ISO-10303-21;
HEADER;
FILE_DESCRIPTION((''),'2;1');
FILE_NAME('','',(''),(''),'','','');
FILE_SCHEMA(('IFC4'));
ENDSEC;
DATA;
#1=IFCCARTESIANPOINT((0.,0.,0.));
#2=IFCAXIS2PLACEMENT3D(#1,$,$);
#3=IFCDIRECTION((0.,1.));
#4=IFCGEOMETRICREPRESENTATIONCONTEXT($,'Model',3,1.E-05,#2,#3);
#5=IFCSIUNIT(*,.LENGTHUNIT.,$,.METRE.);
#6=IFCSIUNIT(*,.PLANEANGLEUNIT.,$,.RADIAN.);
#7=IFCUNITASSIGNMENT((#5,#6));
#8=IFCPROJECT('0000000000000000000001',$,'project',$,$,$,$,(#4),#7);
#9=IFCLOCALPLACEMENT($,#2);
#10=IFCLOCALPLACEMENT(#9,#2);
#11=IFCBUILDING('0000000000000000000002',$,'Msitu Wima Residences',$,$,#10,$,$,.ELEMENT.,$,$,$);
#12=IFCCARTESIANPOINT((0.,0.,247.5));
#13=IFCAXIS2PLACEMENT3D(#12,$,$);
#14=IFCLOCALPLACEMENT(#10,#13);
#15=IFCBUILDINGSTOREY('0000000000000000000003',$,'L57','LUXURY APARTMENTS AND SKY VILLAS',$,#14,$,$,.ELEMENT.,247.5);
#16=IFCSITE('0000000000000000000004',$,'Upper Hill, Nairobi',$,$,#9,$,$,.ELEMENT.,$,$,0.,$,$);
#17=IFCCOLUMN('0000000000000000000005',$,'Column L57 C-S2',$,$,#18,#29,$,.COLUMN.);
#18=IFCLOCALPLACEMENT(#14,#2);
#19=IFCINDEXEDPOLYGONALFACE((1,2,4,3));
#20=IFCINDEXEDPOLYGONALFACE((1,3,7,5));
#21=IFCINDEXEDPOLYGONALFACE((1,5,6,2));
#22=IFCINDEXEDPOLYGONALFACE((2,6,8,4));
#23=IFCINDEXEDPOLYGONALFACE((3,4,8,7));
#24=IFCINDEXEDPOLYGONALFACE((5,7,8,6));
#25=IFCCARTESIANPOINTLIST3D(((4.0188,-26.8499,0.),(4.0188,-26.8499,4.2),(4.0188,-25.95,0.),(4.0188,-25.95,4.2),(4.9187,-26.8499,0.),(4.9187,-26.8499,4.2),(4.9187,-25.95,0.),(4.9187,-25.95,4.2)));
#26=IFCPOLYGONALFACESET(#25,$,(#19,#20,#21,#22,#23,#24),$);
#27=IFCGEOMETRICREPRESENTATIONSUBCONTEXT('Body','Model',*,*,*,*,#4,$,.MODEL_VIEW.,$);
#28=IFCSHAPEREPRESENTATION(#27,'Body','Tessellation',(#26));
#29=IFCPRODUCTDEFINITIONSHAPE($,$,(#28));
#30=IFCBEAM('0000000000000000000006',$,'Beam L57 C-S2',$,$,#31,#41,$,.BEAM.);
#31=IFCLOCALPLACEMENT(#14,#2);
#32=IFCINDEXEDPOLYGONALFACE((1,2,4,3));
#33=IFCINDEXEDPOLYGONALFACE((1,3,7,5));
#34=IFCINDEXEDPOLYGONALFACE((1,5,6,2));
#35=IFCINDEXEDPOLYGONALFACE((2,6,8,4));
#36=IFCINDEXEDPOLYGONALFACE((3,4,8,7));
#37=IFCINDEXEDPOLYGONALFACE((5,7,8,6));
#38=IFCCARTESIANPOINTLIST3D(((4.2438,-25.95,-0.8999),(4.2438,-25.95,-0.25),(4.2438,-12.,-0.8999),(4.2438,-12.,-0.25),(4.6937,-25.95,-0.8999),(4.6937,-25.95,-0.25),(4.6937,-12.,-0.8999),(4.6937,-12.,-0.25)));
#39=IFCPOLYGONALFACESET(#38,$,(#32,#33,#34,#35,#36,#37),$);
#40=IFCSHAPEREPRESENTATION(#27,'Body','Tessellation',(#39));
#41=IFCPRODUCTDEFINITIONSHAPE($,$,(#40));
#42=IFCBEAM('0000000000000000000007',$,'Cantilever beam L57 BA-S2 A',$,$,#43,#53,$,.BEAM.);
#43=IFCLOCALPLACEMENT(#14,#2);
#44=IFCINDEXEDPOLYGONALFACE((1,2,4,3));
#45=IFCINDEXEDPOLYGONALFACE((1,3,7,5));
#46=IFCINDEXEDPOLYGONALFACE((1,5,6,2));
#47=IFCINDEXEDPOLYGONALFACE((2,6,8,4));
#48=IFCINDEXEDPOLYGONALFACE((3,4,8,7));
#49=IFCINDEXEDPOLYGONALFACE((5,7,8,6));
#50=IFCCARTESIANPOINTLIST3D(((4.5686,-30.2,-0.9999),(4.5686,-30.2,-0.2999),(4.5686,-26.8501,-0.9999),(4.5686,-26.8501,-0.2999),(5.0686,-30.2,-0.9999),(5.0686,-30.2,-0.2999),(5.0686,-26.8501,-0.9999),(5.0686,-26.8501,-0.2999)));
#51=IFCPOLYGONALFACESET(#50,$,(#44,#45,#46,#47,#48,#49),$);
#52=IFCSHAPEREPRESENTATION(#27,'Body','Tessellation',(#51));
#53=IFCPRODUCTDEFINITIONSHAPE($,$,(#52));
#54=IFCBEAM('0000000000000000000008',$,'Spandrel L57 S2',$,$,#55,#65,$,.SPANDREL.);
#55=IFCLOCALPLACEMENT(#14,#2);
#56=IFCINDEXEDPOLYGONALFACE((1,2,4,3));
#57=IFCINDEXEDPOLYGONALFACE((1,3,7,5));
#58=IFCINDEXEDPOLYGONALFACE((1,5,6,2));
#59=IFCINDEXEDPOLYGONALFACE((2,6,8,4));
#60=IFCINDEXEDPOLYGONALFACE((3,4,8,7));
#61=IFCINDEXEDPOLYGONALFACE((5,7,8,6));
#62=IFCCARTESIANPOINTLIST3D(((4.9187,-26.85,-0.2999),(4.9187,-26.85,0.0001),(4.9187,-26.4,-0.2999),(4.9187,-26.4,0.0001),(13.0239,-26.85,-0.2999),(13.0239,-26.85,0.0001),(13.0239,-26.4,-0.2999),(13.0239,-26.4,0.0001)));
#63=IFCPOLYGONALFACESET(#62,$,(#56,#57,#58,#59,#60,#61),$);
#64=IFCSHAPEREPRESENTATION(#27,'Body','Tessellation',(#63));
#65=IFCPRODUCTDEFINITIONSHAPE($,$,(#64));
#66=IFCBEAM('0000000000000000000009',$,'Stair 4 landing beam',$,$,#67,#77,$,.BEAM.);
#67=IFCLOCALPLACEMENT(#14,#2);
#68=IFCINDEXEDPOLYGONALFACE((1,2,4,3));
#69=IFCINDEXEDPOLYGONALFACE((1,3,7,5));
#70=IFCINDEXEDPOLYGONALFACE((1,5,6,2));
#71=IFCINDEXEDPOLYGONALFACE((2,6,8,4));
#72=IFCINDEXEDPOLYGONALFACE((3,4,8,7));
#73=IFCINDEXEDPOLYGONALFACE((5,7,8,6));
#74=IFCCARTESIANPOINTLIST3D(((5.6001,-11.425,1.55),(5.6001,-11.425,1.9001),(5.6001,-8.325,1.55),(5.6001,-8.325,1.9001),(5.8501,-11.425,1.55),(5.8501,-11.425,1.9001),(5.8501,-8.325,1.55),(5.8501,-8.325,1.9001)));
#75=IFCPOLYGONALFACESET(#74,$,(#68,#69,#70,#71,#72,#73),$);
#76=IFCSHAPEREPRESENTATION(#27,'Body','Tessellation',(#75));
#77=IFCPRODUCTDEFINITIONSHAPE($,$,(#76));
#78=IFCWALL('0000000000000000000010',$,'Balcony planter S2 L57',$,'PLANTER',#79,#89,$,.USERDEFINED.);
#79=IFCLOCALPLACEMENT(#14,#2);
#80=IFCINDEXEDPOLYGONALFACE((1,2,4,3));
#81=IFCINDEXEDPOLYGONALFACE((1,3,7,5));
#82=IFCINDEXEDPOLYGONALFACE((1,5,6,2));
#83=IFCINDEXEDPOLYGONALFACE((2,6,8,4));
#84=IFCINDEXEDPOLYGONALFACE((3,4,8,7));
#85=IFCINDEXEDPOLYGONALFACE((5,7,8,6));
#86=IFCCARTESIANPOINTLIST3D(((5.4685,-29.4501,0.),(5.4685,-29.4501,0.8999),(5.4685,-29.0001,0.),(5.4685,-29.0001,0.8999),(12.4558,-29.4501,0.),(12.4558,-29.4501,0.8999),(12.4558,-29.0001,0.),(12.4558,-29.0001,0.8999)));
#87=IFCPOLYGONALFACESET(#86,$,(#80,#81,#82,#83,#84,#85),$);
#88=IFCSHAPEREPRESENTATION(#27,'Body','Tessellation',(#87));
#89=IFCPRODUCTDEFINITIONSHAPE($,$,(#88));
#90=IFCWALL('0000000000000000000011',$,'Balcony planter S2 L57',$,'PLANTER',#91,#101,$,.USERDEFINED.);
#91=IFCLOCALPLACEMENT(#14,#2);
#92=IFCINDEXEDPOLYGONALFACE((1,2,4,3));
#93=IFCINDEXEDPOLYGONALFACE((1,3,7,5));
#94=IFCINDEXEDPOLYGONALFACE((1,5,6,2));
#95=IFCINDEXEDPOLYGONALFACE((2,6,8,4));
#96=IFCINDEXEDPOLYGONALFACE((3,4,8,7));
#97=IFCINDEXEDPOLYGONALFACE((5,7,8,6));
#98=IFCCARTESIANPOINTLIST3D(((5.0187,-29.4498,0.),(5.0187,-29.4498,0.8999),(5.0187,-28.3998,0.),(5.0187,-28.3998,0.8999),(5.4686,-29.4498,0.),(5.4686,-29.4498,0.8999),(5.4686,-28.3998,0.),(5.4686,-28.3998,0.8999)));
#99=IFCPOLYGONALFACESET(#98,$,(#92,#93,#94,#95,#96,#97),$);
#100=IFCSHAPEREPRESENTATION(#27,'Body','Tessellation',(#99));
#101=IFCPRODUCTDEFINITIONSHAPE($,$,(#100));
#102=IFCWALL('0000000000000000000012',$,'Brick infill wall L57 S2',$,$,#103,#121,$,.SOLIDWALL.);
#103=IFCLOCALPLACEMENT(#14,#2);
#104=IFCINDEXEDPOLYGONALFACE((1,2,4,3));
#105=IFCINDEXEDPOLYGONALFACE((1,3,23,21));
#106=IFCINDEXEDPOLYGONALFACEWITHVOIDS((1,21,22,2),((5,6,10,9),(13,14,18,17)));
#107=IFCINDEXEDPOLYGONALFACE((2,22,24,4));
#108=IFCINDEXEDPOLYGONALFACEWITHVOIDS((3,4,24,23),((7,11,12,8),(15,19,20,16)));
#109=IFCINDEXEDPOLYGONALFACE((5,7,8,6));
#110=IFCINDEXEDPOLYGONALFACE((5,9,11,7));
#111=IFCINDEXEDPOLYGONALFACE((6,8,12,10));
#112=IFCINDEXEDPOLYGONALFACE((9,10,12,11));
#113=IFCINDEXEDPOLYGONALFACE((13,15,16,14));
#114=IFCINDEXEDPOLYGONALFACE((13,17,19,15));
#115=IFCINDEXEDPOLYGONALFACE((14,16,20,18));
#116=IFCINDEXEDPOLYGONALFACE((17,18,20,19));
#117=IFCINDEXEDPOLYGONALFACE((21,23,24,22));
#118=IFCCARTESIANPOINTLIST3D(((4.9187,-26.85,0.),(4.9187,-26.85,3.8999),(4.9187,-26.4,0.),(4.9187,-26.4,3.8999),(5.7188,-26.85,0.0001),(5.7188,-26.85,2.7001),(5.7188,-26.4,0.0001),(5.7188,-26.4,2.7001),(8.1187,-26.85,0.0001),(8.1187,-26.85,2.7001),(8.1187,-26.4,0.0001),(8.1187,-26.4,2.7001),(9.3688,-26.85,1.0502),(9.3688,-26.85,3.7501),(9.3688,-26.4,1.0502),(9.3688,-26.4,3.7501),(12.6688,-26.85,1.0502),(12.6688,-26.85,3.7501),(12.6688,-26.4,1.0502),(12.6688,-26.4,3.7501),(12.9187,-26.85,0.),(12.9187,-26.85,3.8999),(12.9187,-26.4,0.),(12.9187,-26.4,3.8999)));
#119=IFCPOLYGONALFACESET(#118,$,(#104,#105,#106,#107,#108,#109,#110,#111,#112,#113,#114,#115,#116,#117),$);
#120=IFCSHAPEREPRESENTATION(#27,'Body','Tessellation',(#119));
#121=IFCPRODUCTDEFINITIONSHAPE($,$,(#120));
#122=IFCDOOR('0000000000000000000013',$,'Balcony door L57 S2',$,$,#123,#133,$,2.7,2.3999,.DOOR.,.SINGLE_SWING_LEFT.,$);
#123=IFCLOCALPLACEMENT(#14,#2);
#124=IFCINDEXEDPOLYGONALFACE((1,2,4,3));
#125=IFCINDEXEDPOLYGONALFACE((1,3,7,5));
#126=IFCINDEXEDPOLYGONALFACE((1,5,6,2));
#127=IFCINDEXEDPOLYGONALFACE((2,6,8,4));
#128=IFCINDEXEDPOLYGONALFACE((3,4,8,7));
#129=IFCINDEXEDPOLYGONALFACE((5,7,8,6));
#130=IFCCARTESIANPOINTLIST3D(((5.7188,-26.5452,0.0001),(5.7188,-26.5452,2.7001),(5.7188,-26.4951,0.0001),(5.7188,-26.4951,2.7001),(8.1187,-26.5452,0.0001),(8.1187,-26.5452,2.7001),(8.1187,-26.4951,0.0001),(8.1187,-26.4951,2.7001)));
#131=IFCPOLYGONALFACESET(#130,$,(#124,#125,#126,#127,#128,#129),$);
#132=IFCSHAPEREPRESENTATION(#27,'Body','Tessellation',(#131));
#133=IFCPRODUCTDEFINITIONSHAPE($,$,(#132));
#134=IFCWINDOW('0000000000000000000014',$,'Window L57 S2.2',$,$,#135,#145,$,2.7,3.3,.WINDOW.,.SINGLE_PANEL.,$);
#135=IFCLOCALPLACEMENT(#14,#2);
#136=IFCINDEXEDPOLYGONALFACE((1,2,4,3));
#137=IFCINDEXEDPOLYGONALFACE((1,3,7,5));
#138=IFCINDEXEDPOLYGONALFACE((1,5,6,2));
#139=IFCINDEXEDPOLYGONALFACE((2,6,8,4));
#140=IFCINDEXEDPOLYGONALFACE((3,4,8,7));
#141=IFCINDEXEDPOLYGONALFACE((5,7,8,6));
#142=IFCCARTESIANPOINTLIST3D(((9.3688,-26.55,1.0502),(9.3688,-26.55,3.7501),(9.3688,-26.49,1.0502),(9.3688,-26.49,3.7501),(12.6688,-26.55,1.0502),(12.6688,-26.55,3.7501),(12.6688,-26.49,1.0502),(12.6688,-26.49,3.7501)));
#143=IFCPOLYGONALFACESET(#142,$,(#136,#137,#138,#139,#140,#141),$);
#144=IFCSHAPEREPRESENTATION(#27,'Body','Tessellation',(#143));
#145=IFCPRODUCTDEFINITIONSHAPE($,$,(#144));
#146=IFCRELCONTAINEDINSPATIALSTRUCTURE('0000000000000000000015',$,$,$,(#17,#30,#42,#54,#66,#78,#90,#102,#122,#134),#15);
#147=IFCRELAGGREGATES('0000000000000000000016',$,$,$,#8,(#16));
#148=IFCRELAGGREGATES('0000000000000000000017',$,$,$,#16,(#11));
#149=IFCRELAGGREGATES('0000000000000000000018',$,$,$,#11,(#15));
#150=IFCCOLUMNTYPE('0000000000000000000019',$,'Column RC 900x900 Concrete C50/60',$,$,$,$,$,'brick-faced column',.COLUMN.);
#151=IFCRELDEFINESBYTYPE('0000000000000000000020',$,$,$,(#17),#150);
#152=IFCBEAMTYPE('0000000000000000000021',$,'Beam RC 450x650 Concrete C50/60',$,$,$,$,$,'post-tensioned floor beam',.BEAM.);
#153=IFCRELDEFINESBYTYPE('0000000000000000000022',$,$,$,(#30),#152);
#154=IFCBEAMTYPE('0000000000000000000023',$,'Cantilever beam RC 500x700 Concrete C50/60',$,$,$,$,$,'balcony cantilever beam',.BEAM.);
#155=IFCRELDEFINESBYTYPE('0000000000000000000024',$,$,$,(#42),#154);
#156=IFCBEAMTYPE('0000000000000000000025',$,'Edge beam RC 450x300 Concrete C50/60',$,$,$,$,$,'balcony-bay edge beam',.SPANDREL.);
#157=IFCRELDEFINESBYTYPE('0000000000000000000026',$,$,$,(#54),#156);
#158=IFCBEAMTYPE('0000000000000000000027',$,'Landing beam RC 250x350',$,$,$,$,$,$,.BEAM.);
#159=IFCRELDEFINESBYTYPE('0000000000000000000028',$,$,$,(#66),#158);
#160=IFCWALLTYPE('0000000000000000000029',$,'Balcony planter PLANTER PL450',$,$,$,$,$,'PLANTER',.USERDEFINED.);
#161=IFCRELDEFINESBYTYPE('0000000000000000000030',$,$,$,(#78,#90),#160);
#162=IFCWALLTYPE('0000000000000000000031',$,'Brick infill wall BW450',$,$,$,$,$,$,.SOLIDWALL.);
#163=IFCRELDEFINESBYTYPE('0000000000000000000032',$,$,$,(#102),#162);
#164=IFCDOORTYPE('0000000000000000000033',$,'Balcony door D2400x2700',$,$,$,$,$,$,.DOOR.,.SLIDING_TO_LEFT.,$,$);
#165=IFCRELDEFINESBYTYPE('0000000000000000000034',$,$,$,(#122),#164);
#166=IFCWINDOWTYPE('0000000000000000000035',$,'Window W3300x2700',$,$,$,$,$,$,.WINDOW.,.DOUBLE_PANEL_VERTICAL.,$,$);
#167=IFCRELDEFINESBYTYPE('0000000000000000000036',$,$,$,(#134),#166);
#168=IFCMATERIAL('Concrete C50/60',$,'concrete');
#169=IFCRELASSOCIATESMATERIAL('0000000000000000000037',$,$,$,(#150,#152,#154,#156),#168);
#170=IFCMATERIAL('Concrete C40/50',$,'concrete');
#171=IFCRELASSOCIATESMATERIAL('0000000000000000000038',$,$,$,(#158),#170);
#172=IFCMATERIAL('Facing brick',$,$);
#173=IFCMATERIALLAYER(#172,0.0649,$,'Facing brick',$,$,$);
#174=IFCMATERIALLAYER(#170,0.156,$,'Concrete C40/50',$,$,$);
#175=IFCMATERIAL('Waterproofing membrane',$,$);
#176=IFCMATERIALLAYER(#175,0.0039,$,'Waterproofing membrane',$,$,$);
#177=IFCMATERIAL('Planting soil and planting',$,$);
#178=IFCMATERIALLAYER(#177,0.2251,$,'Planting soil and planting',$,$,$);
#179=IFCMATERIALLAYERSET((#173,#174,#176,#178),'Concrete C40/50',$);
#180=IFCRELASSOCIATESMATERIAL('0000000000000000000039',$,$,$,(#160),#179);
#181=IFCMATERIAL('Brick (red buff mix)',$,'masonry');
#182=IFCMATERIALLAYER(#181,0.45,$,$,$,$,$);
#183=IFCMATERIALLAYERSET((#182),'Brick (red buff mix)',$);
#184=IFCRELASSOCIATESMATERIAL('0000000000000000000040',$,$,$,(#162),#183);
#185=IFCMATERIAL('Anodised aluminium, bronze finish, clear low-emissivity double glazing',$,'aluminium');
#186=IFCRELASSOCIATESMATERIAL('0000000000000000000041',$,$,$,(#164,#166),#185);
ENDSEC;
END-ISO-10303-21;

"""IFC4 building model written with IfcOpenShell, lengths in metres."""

from ifc_helpers import new_model, si_unit, direction, frame, frame_2d, origin, origin_2d, place, context, subcontext, project, spatial, rectangle, extrude, material, layer, layer_set, material_profile, profile_set, type_object, element, fill, save


model = new_model("IFC4")

# Units and contexts
model_context = context("Model", 3, precision=1e-05, world=origin(), true_north=direction((0.0, 1.0)))
body_context = subcontext(model_context, "Body", "Model", "MODEL_VIEW")
ifc_project = project(units=[si_unit("LENGTHUNIT", "METRE"), si_unit("PLANEANGLEUNIT", "RADIAN")], contexts=[model_context])

# Site, building, storey
site_placement = place(None, origin())
site = spatial("IfcSite", under=ifc_project, at=site_placement, Name="Upper Hill, Nairobi", CompositionType="ELEMENT", RefElevation=0.0)
building_placement = place(site_placement, origin())
building = spatial("IfcBuilding", under=site, at=building_placement, Name="Msitu Wima Residences", CompositionType="ELEMENT")
storey_placement = place(building_placement, frame((0.0, 0.0, 247.5)))
storey = spatial("IfcBuildingStorey", under=building, at=storey_placement, Name="L57", Description="LUXURY APARTMENTS AND SKY VILLAS", CompositionType="ELEMENT", Elevation=247.5)

# Column
ifc_material_1 = material(Name="Concrete C50/60", Category="concrete")
ifc_material_profile_1 = material_profile(ifc_material_1, rectangle(XDim=0.8999, YDim=0.8999, at=origin_2d()), Name="RC 900x900")
ifc_profile_set_1 = profile_set([ifc_material_profile_1], Name="Concrete C50/60")
column_type = type_object("IfcColumnType", Name="Column RC 900x900 Concrete C50/60", ElementType="brick-faced column", PredefinedType="COLUMN", material=ifc_profile_set_1)
column_placement = place(storey_placement, frame((4.4688, -26.3999, 0.0), z_axis=(0.0, 0.0, 1.0), x_axis=(1.0, 0.0, 0.0)))
element("IfcColumn", 1, at=column_placement, inside=storey, type_object=column_type, Name="Column L57 C-S2", PredefinedType="COLUMN", context=body_context, shape_type="SweptSolid", body=[
    extrude(rectangle(XDim=0.8999, YDim=0.8999, at=origin_2d()), origin(), (0.0, 0.0, 1.0), 4.2),
])

# Beams
ifc_material_profile_2 = material_profile(ifc_material_1, rectangle(XDim=0.45, YDim=0.6499, at=origin_2d()), Name="RC 450x650")
ifc_profile_set_2 = profile_set([ifc_material_profile_2], Name="Concrete C50/60")
beam_type_1 = type_object("IfcBeamType", Name="Beam RC 450x650 Concrete C50/60", ElementType="post-tensioned floor beam", PredefinedType="BEAM", material=ifc_profile_set_2)
beam_1_placement = place(storey_placement, frame((4.4688, -25.95, -0.575), z_axis=(0.0, 1.0, 0.0), x_axis=(-1.0, 0.0, 0.0)))
element("IfcBeam", 2, at=beam_1_placement, inside=storey, type_object=beam_type_1, Name="Beam L57 C-S2", PredefinedType="BEAM", context=body_context, shape_type="SweptSolid", body=[
    extrude(rectangle(XDim=0.45, YDim=0.6499, at=origin_2d()), origin(), (0.0, 0.0, 1.0), 13.95),
])
ifc_material_profile_3 = material_profile(ifc_material_1, rectangle(XDim=0.5, YDim=0.7, at=origin_2d()), Name="RC 500x700")
ifc_profile_set_3 = profile_set([ifc_material_profile_3], Name="Concrete C50/60")
beam_type_2 = type_object("IfcBeamType", Name="Cantilever beam RC 500x700 Concrete C50/60", ElementType="balcony cantilever beam", PredefinedType="BEAM", material=ifc_profile_set_3)
beam_2_placement = place(storey_placement, frame((4.8186, -26.8501, -0.6499), z_axis=(0.0, -1.0, 0.0), x_axis=(1.0, 0.0, 0.0)))
element("IfcBeam", 3, at=beam_2_placement, inside=storey, type_object=beam_type_2, Name="Cantilever beam L57 BA-S2 A", PredefinedType="BEAM", context=body_context, shape_type="SweptSolid", body=[
    extrude(rectangle(XDim=0.5, YDim=0.7, at=origin_2d()), origin(), (0.0, 0.0, 1.0), 3.3499),
])
ifc_material_profile_4 = material_profile(ifc_material_1, rectangle(XDim=0.45, YDim=0.3, at=origin_2d()), Name="RC 450x300")
ifc_profile_set_4 = profile_set([ifc_material_profile_4], Name="Concrete C50/60")
beam_type_3 = type_object("IfcBeamType", Name="Edge beam RC 450x300 Concrete C50/60", ElementType="balcony-bay edge beam", PredefinedType="SPANDREL", material=ifc_profile_set_4)
beam_3_placement = place(storey_placement, frame((4.9187, -26.625, -0.1499), z_axis=(1.0, 0.0, 0.0), x_axis=(0.0, 1.0, 0.0)))
element("IfcBeam", 4, at=beam_3_placement, inside=storey, type_object=beam_type_3, Name="Spandrel L57 S2", PredefinedType="SPANDREL", context=body_context, shape_type="SweptSolid", body=[
    extrude(rectangle(XDim=0.45, YDim=0.3, at=origin_2d()), origin(), (0.0, 0.0, 1.0), 8.1052),
])
ifc_material_2 = material(Name="Concrete C40/50", Category="concrete")
ifc_material_profile_5 = material_profile(ifc_material_2, rectangle(XDim=0.25, YDim=0.3501, at=origin_2d()), Name="RC 250x350")
ifc_profile_set_5 = profile_set([ifc_material_profile_5], Name="Concrete C40/50")
beam_type_4 = type_object("IfcBeamType", Name="Landing beam RC 250x350", PredefinedType="BEAM", material=ifc_profile_set_5)
beam_4_placement = place(storey_placement, frame((5.7251, -11.425, 1.7251), z_axis=(0.0, 1.0, 0.0), x_axis=(-1.0, 0.0, 0.0)))
element("IfcBeam", 5, at=beam_4_placement, inside=storey, type_object=beam_type_4, Name="Stair 4 landing beam", PredefinedType="BEAM", context=body_context, shape_type="SweptSolid", body=[
    extrude(rectangle(XDim=0.25, YDim=0.3501, at=origin_2d()), origin(), (0.0, 0.0, 1.0), 3.1001),
])

# Walls
ifc_material_3 = material(Name="Facing brick")
ifc_layer_1 = layer(ifc_material_3, 0.0649, Name="Facing brick")
ifc_layer_2 = layer(ifc_material_2, 0.156, Name="Concrete C40/50")
ifc_material_4 = material(Name="Waterproofing membrane")
ifc_layer_3 = layer(ifc_material_4, 0.0039, Name="Waterproofing membrane")
ifc_material_5 = material(Name="Planting soil and planting")
ifc_layer_4 = layer(ifc_material_5, 0.2251, Name="Planting soil and planting")
ifc_layer_set_1 = layer_set([ifc_layer_1, ifc_layer_2, ifc_layer_3, ifc_layer_4], Name="Concrete C40/50")
wall_type_1 = type_object("IfcWallType", Name="Balcony planter PLANTER PL450", ElementType="PLANTER", PredefinedType="USERDEFINED", material=ifc_layer_set_1)
wall_1_placement = place(storey_placement, frame((5.4685, -29.2251, 0.0), z_axis=(0.0, 0.0, 1.0), x_axis=(1.0, 0.0, 0.0)))
element("IfcWall", 6, at=wall_1_placement, inside=storey, type_object=wall_type_1, Name="Balcony planter S2 L57", ObjectType="PLANTER", PredefinedType="USERDEFINED", context=body_context, shape_type="SweptSolid", body=[
    extrude(rectangle(XDim=6.9873, YDim=0.45, at=frame_2d((3.4937, 0.0))), origin(), (0.0, 0.0, 1.0), 0.8999),
])
wall_2_placement = place(storey_placement, frame((5.2437, -28.3999, 0.0), z_axis=(0.0, 0.0, 1.0), x_axis=(0.0, -1.0, 0.0)))
element("IfcWall", 7, at=wall_2_placement, inside=storey, type_object=wall_type_1, Name="Balcony planter S2 L57", ObjectType="PLANTER", PredefinedType="USERDEFINED", context=body_context, shape_type="SweptSolid", body=[
    extrude(rectangle(XDim=1.05, YDim=0.45, at=frame_2d((0.5249, 0.0))), origin(), (0.0, 0.0, 1.0), 0.8999),
])

# Wall, openings, door, window
ifc_material_6 = material(Name="Brick (red buff mix)", Category="masonry")
ifc_layer_5 = layer(ifc_material_6, 0.45)
ifc_layer_set_2 = layer_set([ifc_layer_5], Name="Brick (red buff mix)")
wall_type_2 = type_object("IfcWallType", Name="Brick infill wall BW450", PredefinedType="SOLIDWALL", material=ifc_layer_set_2)
wall_3_placement = place(storey_placement, frame((4.9187, -26.625, 0.0), z_axis=(0.0, 0.0, 1.0), x_axis=(1.0, 0.0, 0.0)))
wall_3 = element("IfcWall", 8, at=wall_3_placement, inside=storey, type_object=wall_type_2, Name="Brick infill wall L57 S2", PredefinedType="SOLIDWALL", context=body_context, shape_type="SweptSolid", body=[
    extrude(rectangle(XDim=8.0, YDim=0.45, at=frame_2d((4.0, 0.0))), origin(), (0.0, 0.0, 1.0), 3.8999),
])
opening_1_placement = place(wall_3_placement, frame((0.8, 0.0, 0.0)))
opening_1 = element("IfcOpeningElement", 9, at=opening_1_placement, cuts=wall_3, PredefinedType="OPENING", context=body_context, shape_type="SweptSolid", body=[
    extrude(rectangle(XDim=2.3999, YDim=2.7, at=frame_2d((1.2, 1.3501))), frame((0.0, 0.2349, 0.0), z_axis=(0.0, -1.0, 0.0), x_axis=(1.0, 0.0, 0.0)), (0.0, 0.0, 1.0), 0.47),
])
opening_2_placement = place(wall_3_placement, frame((4.4502, 0.0, 1.05)))
opening_2 = element("IfcOpeningElement", 10, at=opening_2_placement, cuts=wall_3, PredefinedType="OPENING", context=body_context, shape_type="SweptSolid", body=[
    extrude(rectangle(XDim=3.3, YDim=2.7, at=frame_2d((1.6499, 1.3501))), frame((0.0, 0.2349, 0.0), z_axis=(0.0, -1.0, 0.0), x_axis=(1.0, 0.0, 0.0)), (0.0, 0.0, 1.0), 0.47),
])
ifc_material_7 = material(Name="Anodised aluminium, bronze finish, clear low-emissivity double glazing", Category="aluminium")
door_type_1 = type_object("IfcDoorType", Name="Balcony door D2400x2700", OperationType="SLIDING_TO_LEFT", PredefinedType="DOOR", material=ifc_material_7)
door_1_placement = place(opening_1_placement, origin())
door_1 = element("IfcDoor", 11, at=door_1_placement, inside=storey, type_object=door_type_1, Name="Balcony door L57 S2", OperationType="SINGLE_SWING_LEFT", OverallHeight=2.7, OverallWidth=2.3999, PredefinedType="DOOR", context=body_context, shape_type="SweptSolid", body=[
    extrude(rectangle(XDim=2.3999, YDim=2.7, at=frame_2d((1.2, 1.3501))), frame((0.0, 0.1299, 0.0), z_axis=(0.0, -1.0, 0.0), x_axis=(1.0, 0.0, 0.0)), (0.0, 0.0, 1.0), 0.05),
])
fill(opening_1, door_1)
window_type = type_object("IfcWindowType", Name="Window W3300x2700", PartitioningType="DOUBLE_PANEL_VERTICAL", PredefinedType="WINDOW", material=ifc_material_7)
window_placement = place(opening_2_placement, origin())
window = element("IfcWindow", 12, at=window_placement, inside=storey, type_object=window_type, Name="Window L57 S2.2", OverallHeight=2.7, OverallWidth=3.3, PartitioningType="SINGLE_PANEL", PredefinedType="WINDOW", context=body_context, shape_type="SweptSolid", body=[
    extrude(rectangle(XDim=3.3, YDim=2.7, at=frame_2d((1.6499, 1.3501))), frame((0.0, 0.135, 0.0), z_axis=(0.0, -1.0, 0.0), x_axis=(1.0, 0.0, 0.0)), (0.0, 0.0, 1.0), 0.0601),
])
fill(opening_2, window)

save(model, "model.ifc")
